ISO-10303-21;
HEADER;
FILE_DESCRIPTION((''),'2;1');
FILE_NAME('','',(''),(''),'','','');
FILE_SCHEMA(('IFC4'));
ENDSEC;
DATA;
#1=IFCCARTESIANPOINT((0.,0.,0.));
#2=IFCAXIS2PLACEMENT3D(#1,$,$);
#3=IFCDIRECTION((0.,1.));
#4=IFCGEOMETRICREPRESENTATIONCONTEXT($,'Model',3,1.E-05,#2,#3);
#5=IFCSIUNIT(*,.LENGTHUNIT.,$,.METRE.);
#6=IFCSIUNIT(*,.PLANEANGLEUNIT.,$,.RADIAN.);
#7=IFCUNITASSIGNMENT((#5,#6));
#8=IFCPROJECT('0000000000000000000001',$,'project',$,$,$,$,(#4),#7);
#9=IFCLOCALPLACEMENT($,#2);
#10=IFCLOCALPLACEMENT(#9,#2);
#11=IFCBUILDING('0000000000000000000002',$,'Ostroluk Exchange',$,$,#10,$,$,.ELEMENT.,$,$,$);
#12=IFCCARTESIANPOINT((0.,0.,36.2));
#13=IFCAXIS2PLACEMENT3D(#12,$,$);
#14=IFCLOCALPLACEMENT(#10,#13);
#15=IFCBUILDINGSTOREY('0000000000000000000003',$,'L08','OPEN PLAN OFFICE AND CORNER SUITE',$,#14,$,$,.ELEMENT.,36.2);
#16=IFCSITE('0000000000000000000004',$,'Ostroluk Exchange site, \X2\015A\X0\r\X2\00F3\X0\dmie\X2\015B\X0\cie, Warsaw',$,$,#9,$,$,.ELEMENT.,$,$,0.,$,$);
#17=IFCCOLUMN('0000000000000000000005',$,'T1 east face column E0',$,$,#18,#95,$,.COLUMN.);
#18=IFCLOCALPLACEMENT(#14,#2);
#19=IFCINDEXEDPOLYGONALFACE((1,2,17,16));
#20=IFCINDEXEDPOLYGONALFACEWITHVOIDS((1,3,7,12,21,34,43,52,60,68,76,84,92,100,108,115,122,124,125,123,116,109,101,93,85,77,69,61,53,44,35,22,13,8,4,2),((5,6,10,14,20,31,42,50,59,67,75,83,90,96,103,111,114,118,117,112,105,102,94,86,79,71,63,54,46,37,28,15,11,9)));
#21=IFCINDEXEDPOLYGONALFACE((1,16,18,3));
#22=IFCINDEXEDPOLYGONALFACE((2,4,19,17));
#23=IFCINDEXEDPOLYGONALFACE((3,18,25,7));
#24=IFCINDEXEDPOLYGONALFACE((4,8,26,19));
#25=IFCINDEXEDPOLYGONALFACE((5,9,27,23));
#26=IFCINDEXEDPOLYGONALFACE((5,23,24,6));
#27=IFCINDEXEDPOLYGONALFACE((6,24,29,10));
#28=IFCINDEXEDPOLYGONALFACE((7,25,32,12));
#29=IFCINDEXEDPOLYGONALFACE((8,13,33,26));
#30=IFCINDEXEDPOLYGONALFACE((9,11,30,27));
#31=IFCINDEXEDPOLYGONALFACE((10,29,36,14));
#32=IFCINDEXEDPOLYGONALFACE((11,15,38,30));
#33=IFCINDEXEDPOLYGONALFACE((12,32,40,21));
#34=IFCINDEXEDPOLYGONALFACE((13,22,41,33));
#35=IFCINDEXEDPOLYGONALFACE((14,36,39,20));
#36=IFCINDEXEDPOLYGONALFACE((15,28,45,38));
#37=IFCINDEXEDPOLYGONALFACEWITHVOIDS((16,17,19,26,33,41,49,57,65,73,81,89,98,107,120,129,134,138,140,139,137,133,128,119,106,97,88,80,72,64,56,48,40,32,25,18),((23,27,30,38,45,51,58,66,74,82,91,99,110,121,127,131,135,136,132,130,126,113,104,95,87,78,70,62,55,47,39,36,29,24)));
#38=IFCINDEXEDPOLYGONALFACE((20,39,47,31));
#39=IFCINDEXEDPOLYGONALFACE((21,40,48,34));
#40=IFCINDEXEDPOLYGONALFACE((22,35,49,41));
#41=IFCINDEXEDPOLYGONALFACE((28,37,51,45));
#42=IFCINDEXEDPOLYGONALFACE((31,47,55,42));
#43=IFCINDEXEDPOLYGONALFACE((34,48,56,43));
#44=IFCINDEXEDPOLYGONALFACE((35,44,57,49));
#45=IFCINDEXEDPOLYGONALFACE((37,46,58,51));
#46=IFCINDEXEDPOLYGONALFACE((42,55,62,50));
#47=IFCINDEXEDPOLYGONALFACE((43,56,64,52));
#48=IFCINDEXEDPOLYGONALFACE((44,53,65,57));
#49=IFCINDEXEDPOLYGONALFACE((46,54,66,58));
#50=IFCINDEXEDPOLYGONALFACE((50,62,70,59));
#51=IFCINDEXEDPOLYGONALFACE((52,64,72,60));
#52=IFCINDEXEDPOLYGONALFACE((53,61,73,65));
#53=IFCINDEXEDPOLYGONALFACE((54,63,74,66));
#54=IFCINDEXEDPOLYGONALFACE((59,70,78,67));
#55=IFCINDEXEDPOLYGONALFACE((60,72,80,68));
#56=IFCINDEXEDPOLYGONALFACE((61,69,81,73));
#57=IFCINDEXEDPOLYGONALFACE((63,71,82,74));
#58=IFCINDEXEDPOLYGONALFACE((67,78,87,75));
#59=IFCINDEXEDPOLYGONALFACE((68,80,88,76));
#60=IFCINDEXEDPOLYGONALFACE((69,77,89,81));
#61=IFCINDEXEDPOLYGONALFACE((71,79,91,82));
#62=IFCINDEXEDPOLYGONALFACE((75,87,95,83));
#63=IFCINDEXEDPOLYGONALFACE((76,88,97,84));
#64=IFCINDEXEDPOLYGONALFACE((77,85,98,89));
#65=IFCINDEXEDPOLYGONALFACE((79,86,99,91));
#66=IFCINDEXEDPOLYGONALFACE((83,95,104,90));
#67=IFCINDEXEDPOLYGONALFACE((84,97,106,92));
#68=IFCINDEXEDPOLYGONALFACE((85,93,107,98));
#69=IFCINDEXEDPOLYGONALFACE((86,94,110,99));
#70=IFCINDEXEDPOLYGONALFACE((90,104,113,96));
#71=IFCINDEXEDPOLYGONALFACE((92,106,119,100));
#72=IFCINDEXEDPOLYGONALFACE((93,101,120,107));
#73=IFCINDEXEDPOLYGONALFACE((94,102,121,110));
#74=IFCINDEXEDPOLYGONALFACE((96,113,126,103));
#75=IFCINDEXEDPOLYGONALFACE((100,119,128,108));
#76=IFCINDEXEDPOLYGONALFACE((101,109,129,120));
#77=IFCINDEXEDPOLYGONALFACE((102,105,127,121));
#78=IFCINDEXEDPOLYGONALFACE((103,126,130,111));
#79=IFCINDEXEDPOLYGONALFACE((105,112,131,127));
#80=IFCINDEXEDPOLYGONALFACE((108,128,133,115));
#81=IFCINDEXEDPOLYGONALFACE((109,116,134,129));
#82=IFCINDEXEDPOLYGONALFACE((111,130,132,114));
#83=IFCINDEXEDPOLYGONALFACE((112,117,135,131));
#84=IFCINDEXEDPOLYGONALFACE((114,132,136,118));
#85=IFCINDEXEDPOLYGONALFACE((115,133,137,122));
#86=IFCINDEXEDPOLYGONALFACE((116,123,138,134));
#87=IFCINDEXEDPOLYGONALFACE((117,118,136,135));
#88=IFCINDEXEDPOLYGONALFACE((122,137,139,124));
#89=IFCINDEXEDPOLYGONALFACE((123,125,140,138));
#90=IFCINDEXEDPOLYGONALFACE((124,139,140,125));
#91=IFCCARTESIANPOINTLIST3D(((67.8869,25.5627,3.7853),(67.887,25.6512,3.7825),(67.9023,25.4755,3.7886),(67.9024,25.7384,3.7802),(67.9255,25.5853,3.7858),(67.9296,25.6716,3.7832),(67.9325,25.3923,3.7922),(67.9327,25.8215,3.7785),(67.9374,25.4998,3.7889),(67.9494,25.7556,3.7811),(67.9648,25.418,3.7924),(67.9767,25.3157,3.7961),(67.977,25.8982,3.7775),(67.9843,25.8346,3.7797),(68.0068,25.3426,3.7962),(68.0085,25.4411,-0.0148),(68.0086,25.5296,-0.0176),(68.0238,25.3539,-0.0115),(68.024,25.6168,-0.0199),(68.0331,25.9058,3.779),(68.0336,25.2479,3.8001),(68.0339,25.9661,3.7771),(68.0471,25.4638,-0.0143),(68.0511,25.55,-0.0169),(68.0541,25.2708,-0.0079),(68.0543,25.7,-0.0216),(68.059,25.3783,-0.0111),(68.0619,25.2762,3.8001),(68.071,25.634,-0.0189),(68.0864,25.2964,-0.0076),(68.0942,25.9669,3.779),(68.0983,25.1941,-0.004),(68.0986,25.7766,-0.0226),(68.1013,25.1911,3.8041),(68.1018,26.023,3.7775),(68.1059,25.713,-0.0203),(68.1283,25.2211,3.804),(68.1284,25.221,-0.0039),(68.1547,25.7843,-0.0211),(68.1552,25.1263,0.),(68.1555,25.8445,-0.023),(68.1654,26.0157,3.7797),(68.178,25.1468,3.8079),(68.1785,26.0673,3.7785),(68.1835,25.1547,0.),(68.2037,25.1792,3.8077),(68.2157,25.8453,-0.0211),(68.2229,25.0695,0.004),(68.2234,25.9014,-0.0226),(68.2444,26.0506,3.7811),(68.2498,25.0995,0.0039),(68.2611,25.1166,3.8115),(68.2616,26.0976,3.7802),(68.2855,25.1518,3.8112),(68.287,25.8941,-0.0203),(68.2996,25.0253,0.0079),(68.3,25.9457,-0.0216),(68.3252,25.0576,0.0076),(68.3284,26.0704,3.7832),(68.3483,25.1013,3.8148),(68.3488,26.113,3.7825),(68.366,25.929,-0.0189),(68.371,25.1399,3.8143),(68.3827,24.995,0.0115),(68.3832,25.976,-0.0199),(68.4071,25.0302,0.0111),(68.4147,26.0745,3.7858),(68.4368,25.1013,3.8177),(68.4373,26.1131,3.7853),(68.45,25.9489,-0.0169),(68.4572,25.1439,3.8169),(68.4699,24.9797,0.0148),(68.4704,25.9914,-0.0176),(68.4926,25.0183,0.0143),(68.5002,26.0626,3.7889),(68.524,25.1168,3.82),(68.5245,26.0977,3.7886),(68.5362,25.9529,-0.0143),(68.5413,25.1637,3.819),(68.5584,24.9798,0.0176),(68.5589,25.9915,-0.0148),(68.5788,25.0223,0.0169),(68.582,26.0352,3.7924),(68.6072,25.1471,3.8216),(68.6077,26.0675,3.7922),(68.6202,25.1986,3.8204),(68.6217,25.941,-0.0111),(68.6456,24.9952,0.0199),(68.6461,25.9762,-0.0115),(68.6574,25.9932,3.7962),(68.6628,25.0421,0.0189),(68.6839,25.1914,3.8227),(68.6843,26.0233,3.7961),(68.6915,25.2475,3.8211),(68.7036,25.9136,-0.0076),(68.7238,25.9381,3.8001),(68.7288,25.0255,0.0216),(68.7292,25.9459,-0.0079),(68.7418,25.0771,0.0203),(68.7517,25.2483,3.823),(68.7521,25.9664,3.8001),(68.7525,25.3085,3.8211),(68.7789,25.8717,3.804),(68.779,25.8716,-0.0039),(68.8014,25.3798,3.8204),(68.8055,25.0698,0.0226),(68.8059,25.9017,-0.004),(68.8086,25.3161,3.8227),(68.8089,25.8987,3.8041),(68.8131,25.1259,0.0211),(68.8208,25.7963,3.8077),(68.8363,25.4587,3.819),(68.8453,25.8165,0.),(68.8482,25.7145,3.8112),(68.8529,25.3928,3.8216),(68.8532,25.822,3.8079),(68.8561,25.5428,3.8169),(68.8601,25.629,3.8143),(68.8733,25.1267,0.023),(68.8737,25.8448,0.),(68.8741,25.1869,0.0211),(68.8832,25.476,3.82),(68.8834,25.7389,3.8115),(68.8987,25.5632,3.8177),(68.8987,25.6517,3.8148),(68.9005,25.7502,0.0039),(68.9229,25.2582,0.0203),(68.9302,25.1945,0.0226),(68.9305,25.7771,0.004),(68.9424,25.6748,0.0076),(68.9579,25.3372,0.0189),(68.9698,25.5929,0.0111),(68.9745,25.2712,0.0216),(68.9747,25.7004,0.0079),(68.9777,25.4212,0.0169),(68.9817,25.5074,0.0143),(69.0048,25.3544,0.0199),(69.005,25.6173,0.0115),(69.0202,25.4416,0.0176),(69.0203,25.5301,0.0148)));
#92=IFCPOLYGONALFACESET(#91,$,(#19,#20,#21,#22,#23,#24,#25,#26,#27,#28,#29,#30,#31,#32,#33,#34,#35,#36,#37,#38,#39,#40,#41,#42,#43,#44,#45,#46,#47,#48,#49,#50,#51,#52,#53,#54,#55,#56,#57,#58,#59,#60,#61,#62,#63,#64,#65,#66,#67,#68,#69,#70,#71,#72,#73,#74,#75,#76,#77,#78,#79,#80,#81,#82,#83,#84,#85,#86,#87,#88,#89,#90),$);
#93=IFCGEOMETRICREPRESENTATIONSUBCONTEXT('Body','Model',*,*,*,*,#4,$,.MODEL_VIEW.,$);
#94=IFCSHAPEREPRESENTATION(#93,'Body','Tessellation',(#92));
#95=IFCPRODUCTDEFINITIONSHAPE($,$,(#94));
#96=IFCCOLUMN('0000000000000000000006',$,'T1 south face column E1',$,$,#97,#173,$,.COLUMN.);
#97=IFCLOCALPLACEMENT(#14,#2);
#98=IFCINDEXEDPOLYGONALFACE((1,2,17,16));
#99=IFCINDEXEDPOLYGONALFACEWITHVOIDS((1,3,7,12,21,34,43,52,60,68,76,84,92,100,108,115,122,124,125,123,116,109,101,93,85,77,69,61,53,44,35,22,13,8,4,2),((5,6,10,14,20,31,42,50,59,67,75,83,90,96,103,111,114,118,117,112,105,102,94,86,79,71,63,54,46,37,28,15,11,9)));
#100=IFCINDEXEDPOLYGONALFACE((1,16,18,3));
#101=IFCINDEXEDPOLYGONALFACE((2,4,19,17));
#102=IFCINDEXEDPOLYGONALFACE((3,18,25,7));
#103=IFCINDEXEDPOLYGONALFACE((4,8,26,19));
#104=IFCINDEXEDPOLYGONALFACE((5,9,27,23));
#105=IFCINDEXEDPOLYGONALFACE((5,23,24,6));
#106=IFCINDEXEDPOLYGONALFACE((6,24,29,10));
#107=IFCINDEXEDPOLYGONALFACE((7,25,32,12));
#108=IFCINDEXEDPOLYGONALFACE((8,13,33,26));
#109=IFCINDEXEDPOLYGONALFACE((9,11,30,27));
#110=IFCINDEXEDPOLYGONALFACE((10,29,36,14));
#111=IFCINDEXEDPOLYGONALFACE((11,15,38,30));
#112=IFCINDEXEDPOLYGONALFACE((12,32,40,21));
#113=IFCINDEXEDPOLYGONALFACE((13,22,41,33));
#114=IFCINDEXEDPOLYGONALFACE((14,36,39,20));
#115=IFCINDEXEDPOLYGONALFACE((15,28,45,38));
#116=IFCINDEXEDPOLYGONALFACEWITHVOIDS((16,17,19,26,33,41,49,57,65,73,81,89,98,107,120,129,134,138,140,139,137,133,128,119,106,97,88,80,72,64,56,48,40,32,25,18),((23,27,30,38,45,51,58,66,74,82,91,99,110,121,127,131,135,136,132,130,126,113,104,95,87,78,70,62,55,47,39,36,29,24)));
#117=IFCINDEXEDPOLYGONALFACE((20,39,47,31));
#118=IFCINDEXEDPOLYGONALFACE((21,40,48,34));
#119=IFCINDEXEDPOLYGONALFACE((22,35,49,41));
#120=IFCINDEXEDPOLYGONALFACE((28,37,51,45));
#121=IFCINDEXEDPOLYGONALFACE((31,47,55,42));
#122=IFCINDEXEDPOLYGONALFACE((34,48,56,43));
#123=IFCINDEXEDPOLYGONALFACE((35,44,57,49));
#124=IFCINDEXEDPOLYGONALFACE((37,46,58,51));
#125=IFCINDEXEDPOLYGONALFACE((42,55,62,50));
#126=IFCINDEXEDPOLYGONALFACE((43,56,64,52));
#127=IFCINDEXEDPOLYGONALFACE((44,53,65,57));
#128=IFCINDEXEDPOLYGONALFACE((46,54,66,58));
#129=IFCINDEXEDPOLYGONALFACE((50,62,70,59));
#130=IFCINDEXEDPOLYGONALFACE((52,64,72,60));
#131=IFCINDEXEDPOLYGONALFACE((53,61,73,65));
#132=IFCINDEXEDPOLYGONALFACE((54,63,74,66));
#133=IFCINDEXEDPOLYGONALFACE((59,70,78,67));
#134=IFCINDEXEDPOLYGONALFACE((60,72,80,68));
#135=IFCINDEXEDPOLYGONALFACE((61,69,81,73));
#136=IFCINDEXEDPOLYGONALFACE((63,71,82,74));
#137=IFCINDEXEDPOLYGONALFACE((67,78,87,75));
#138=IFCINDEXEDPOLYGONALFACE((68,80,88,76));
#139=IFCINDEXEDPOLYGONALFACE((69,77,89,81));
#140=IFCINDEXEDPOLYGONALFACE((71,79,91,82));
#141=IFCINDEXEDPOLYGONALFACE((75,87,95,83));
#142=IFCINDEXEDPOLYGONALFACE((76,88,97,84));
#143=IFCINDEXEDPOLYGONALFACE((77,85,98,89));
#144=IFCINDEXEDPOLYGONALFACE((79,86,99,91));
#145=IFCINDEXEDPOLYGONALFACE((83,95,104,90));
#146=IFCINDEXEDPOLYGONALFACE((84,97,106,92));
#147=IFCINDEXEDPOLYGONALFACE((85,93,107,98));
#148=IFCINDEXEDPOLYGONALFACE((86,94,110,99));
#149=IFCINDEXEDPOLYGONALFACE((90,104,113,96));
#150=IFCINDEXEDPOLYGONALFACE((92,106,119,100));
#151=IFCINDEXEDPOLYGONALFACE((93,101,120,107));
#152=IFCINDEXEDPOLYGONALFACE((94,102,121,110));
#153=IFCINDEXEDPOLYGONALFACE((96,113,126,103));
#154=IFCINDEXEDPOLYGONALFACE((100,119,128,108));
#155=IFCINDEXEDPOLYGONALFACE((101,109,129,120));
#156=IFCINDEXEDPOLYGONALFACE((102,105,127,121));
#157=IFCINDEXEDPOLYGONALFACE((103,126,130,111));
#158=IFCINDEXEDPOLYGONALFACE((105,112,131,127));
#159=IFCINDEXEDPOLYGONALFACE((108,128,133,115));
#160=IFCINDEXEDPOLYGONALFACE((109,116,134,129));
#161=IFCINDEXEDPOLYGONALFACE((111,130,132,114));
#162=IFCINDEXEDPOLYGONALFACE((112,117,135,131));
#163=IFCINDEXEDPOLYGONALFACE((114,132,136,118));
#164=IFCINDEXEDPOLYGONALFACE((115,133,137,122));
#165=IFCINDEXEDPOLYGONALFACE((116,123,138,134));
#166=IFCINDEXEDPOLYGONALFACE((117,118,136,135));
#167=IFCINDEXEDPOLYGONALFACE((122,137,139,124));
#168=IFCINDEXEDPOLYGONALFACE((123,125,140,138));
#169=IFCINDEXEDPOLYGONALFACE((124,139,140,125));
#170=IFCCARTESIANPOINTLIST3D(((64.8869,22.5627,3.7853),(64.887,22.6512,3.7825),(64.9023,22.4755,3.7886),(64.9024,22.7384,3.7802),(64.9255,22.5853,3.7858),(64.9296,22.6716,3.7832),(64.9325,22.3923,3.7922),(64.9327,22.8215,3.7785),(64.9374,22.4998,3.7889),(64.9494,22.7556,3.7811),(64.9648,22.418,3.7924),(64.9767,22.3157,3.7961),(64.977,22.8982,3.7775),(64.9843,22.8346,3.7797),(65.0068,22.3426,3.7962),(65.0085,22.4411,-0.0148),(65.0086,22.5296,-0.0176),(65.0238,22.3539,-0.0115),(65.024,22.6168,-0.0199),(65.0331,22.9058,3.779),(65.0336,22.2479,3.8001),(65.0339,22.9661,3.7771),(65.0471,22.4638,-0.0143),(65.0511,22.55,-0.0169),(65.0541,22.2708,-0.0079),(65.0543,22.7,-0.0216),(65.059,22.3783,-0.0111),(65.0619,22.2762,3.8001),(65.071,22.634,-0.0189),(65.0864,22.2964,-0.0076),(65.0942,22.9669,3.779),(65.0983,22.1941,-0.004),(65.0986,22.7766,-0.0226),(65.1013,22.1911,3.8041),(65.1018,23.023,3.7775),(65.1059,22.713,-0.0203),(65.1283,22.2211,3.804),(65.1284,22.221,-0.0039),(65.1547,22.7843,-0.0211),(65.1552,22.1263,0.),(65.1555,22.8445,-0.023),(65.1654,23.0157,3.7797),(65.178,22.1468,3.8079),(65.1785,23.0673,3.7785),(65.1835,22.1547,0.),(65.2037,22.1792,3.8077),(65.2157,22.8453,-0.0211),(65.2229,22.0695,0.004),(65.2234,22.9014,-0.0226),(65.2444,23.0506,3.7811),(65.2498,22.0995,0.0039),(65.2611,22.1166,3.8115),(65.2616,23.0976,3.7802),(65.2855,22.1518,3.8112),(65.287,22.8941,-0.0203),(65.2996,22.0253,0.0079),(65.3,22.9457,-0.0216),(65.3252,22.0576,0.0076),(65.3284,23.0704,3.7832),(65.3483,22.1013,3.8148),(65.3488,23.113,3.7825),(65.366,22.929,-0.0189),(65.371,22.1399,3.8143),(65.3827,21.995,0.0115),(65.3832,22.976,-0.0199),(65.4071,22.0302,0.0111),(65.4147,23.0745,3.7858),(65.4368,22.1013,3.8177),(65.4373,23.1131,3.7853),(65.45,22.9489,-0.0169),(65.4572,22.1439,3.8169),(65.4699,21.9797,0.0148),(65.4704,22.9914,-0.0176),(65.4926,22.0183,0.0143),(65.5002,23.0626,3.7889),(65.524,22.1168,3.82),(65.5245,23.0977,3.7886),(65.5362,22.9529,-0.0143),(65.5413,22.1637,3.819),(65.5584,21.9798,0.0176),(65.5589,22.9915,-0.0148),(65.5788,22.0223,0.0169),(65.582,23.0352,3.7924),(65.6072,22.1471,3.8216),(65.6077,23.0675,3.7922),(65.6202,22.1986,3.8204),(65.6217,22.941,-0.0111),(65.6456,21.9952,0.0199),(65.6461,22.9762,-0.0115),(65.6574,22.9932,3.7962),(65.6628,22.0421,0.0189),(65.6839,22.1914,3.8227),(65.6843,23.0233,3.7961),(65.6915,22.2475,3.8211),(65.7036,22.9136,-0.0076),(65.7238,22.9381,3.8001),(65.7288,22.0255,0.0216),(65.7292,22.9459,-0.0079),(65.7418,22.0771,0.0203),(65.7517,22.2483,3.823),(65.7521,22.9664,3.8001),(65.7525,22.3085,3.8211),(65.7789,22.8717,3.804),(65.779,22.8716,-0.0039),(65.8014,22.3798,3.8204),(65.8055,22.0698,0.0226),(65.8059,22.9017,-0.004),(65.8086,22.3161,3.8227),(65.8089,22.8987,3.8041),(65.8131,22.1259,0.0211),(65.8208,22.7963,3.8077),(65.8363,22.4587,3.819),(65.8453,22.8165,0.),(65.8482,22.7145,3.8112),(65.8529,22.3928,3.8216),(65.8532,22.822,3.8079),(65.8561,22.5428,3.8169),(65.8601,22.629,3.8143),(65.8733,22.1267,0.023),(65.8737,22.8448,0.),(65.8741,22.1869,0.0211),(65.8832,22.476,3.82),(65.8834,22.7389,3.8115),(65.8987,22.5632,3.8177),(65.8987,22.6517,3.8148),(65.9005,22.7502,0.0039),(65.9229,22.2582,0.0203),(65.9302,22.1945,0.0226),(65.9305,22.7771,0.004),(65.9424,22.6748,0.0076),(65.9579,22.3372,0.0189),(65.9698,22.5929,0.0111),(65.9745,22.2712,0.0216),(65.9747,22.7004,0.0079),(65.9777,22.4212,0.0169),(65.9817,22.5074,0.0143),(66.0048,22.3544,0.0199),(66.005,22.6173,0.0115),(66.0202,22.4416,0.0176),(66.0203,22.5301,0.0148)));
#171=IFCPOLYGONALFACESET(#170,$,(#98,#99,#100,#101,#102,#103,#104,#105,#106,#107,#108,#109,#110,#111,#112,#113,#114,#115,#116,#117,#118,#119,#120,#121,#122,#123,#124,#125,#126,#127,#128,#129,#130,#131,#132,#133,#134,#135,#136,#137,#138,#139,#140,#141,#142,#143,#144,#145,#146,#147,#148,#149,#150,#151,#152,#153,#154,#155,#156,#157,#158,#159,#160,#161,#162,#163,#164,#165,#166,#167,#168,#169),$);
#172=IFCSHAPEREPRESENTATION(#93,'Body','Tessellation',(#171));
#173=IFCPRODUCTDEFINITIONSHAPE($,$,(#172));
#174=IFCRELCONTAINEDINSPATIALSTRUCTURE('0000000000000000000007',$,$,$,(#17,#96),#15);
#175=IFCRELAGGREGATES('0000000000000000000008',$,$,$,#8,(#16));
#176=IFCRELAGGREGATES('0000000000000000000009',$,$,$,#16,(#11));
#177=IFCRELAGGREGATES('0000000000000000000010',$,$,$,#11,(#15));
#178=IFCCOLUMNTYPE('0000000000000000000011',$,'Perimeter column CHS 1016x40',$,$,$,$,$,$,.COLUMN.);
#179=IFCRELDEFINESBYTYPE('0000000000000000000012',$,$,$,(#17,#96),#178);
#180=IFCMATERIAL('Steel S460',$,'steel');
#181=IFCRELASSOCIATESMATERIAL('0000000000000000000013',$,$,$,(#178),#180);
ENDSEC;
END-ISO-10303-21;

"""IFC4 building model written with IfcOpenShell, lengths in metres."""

from ifc_helpers import new_model, si_unit, direction, frame, origin, origin_2d, place, context, subcontext, project, spatial, hollow_circle, extrude, material, material_profile, profile_set, type_object, element, save


model = new_model("IFC4")

# Units and contexts
model_context = context("Model", 3, precision=1e-05, world=origin(), true_north=direction((0.0, 1.0)))
body_context = subcontext(model_context, "Body", "Model", "MODEL_VIEW")
ifc_project = project(units=[si_unit("LENGTHUNIT", "METRE"), si_unit("PLANEANGLEUNIT", "RADIAN")], contexts=[model_context])

# Site, building, storey
site_placement = place(None, origin())
site = spatial("IfcSite", under=ifc_project, at=site_placement, Name="Ostroluk Exchange site, Śródmieście, Warsaw", CompositionType="ELEMENT", RefElevation=0.0)
building_placement = place(site_placement, origin())
building = spatial("IfcBuilding", under=site, at=building_placement, Name="Ostroluk Exchange", CompositionType="ELEMENT")
storey_placement = place(building_placement, frame((0.0, 0.0, 36.2)))
storey = spatial("IfcBuildingStorey", under=building, at=storey_placement, Name="L08", Description="OPEN PLAN OFFICE AND CORNER SUITE", CompositionType="ELEMENT", Elevation=36.2)

# Columns
ifc_material_1 = material(Name="Steel S460", Category="steel")
ifc_material_profile_1 = material_profile(ifc_material_1, hollow_circle(Radius=0.5081, WallThickness=0.04, at=origin_2d()), Name="CHS 1016x40")
ifc_profile_set_1 = profile_set([ifc_material_profile_1], Name="Steel S460")
column_type = type_object("IfcColumnType", Name="Perimeter column CHS 1016x40", PredefinedType="COLUMN", material=ifc_profile_set_1)
for number, where, z_axis, x_axis, name in (
    (1, (68.5144, 25.4856, 0.0), (-0.031962, 0.031962, 0.998978), (-0.707107, -0.707107, 0.0), "T1 east face column E0"),
    (2, (65.5144, 22.4856, 0.0), (-0.031962, 0.031962, 0.998978), (-0.707107, -0.707107, 0.0), "T1 south face column E1"),
):
    element("IfcColumn", number, at=place(storey_placement, frame(where, z_axis=z_axis, x_axis=x_axis)), inside=storey, type_object=column_type, Name=name, PredefinedType="COLUMN", context=body_context, shape_type="SweptSolid", body=[
        extrude(hollow_circle(Radius=0.5081, WallThickness=0.04, at=origin_2d()), origin(), (0.0, 0.0, 1.0), 3.804),
    ])

save(model, "model.ifc")
